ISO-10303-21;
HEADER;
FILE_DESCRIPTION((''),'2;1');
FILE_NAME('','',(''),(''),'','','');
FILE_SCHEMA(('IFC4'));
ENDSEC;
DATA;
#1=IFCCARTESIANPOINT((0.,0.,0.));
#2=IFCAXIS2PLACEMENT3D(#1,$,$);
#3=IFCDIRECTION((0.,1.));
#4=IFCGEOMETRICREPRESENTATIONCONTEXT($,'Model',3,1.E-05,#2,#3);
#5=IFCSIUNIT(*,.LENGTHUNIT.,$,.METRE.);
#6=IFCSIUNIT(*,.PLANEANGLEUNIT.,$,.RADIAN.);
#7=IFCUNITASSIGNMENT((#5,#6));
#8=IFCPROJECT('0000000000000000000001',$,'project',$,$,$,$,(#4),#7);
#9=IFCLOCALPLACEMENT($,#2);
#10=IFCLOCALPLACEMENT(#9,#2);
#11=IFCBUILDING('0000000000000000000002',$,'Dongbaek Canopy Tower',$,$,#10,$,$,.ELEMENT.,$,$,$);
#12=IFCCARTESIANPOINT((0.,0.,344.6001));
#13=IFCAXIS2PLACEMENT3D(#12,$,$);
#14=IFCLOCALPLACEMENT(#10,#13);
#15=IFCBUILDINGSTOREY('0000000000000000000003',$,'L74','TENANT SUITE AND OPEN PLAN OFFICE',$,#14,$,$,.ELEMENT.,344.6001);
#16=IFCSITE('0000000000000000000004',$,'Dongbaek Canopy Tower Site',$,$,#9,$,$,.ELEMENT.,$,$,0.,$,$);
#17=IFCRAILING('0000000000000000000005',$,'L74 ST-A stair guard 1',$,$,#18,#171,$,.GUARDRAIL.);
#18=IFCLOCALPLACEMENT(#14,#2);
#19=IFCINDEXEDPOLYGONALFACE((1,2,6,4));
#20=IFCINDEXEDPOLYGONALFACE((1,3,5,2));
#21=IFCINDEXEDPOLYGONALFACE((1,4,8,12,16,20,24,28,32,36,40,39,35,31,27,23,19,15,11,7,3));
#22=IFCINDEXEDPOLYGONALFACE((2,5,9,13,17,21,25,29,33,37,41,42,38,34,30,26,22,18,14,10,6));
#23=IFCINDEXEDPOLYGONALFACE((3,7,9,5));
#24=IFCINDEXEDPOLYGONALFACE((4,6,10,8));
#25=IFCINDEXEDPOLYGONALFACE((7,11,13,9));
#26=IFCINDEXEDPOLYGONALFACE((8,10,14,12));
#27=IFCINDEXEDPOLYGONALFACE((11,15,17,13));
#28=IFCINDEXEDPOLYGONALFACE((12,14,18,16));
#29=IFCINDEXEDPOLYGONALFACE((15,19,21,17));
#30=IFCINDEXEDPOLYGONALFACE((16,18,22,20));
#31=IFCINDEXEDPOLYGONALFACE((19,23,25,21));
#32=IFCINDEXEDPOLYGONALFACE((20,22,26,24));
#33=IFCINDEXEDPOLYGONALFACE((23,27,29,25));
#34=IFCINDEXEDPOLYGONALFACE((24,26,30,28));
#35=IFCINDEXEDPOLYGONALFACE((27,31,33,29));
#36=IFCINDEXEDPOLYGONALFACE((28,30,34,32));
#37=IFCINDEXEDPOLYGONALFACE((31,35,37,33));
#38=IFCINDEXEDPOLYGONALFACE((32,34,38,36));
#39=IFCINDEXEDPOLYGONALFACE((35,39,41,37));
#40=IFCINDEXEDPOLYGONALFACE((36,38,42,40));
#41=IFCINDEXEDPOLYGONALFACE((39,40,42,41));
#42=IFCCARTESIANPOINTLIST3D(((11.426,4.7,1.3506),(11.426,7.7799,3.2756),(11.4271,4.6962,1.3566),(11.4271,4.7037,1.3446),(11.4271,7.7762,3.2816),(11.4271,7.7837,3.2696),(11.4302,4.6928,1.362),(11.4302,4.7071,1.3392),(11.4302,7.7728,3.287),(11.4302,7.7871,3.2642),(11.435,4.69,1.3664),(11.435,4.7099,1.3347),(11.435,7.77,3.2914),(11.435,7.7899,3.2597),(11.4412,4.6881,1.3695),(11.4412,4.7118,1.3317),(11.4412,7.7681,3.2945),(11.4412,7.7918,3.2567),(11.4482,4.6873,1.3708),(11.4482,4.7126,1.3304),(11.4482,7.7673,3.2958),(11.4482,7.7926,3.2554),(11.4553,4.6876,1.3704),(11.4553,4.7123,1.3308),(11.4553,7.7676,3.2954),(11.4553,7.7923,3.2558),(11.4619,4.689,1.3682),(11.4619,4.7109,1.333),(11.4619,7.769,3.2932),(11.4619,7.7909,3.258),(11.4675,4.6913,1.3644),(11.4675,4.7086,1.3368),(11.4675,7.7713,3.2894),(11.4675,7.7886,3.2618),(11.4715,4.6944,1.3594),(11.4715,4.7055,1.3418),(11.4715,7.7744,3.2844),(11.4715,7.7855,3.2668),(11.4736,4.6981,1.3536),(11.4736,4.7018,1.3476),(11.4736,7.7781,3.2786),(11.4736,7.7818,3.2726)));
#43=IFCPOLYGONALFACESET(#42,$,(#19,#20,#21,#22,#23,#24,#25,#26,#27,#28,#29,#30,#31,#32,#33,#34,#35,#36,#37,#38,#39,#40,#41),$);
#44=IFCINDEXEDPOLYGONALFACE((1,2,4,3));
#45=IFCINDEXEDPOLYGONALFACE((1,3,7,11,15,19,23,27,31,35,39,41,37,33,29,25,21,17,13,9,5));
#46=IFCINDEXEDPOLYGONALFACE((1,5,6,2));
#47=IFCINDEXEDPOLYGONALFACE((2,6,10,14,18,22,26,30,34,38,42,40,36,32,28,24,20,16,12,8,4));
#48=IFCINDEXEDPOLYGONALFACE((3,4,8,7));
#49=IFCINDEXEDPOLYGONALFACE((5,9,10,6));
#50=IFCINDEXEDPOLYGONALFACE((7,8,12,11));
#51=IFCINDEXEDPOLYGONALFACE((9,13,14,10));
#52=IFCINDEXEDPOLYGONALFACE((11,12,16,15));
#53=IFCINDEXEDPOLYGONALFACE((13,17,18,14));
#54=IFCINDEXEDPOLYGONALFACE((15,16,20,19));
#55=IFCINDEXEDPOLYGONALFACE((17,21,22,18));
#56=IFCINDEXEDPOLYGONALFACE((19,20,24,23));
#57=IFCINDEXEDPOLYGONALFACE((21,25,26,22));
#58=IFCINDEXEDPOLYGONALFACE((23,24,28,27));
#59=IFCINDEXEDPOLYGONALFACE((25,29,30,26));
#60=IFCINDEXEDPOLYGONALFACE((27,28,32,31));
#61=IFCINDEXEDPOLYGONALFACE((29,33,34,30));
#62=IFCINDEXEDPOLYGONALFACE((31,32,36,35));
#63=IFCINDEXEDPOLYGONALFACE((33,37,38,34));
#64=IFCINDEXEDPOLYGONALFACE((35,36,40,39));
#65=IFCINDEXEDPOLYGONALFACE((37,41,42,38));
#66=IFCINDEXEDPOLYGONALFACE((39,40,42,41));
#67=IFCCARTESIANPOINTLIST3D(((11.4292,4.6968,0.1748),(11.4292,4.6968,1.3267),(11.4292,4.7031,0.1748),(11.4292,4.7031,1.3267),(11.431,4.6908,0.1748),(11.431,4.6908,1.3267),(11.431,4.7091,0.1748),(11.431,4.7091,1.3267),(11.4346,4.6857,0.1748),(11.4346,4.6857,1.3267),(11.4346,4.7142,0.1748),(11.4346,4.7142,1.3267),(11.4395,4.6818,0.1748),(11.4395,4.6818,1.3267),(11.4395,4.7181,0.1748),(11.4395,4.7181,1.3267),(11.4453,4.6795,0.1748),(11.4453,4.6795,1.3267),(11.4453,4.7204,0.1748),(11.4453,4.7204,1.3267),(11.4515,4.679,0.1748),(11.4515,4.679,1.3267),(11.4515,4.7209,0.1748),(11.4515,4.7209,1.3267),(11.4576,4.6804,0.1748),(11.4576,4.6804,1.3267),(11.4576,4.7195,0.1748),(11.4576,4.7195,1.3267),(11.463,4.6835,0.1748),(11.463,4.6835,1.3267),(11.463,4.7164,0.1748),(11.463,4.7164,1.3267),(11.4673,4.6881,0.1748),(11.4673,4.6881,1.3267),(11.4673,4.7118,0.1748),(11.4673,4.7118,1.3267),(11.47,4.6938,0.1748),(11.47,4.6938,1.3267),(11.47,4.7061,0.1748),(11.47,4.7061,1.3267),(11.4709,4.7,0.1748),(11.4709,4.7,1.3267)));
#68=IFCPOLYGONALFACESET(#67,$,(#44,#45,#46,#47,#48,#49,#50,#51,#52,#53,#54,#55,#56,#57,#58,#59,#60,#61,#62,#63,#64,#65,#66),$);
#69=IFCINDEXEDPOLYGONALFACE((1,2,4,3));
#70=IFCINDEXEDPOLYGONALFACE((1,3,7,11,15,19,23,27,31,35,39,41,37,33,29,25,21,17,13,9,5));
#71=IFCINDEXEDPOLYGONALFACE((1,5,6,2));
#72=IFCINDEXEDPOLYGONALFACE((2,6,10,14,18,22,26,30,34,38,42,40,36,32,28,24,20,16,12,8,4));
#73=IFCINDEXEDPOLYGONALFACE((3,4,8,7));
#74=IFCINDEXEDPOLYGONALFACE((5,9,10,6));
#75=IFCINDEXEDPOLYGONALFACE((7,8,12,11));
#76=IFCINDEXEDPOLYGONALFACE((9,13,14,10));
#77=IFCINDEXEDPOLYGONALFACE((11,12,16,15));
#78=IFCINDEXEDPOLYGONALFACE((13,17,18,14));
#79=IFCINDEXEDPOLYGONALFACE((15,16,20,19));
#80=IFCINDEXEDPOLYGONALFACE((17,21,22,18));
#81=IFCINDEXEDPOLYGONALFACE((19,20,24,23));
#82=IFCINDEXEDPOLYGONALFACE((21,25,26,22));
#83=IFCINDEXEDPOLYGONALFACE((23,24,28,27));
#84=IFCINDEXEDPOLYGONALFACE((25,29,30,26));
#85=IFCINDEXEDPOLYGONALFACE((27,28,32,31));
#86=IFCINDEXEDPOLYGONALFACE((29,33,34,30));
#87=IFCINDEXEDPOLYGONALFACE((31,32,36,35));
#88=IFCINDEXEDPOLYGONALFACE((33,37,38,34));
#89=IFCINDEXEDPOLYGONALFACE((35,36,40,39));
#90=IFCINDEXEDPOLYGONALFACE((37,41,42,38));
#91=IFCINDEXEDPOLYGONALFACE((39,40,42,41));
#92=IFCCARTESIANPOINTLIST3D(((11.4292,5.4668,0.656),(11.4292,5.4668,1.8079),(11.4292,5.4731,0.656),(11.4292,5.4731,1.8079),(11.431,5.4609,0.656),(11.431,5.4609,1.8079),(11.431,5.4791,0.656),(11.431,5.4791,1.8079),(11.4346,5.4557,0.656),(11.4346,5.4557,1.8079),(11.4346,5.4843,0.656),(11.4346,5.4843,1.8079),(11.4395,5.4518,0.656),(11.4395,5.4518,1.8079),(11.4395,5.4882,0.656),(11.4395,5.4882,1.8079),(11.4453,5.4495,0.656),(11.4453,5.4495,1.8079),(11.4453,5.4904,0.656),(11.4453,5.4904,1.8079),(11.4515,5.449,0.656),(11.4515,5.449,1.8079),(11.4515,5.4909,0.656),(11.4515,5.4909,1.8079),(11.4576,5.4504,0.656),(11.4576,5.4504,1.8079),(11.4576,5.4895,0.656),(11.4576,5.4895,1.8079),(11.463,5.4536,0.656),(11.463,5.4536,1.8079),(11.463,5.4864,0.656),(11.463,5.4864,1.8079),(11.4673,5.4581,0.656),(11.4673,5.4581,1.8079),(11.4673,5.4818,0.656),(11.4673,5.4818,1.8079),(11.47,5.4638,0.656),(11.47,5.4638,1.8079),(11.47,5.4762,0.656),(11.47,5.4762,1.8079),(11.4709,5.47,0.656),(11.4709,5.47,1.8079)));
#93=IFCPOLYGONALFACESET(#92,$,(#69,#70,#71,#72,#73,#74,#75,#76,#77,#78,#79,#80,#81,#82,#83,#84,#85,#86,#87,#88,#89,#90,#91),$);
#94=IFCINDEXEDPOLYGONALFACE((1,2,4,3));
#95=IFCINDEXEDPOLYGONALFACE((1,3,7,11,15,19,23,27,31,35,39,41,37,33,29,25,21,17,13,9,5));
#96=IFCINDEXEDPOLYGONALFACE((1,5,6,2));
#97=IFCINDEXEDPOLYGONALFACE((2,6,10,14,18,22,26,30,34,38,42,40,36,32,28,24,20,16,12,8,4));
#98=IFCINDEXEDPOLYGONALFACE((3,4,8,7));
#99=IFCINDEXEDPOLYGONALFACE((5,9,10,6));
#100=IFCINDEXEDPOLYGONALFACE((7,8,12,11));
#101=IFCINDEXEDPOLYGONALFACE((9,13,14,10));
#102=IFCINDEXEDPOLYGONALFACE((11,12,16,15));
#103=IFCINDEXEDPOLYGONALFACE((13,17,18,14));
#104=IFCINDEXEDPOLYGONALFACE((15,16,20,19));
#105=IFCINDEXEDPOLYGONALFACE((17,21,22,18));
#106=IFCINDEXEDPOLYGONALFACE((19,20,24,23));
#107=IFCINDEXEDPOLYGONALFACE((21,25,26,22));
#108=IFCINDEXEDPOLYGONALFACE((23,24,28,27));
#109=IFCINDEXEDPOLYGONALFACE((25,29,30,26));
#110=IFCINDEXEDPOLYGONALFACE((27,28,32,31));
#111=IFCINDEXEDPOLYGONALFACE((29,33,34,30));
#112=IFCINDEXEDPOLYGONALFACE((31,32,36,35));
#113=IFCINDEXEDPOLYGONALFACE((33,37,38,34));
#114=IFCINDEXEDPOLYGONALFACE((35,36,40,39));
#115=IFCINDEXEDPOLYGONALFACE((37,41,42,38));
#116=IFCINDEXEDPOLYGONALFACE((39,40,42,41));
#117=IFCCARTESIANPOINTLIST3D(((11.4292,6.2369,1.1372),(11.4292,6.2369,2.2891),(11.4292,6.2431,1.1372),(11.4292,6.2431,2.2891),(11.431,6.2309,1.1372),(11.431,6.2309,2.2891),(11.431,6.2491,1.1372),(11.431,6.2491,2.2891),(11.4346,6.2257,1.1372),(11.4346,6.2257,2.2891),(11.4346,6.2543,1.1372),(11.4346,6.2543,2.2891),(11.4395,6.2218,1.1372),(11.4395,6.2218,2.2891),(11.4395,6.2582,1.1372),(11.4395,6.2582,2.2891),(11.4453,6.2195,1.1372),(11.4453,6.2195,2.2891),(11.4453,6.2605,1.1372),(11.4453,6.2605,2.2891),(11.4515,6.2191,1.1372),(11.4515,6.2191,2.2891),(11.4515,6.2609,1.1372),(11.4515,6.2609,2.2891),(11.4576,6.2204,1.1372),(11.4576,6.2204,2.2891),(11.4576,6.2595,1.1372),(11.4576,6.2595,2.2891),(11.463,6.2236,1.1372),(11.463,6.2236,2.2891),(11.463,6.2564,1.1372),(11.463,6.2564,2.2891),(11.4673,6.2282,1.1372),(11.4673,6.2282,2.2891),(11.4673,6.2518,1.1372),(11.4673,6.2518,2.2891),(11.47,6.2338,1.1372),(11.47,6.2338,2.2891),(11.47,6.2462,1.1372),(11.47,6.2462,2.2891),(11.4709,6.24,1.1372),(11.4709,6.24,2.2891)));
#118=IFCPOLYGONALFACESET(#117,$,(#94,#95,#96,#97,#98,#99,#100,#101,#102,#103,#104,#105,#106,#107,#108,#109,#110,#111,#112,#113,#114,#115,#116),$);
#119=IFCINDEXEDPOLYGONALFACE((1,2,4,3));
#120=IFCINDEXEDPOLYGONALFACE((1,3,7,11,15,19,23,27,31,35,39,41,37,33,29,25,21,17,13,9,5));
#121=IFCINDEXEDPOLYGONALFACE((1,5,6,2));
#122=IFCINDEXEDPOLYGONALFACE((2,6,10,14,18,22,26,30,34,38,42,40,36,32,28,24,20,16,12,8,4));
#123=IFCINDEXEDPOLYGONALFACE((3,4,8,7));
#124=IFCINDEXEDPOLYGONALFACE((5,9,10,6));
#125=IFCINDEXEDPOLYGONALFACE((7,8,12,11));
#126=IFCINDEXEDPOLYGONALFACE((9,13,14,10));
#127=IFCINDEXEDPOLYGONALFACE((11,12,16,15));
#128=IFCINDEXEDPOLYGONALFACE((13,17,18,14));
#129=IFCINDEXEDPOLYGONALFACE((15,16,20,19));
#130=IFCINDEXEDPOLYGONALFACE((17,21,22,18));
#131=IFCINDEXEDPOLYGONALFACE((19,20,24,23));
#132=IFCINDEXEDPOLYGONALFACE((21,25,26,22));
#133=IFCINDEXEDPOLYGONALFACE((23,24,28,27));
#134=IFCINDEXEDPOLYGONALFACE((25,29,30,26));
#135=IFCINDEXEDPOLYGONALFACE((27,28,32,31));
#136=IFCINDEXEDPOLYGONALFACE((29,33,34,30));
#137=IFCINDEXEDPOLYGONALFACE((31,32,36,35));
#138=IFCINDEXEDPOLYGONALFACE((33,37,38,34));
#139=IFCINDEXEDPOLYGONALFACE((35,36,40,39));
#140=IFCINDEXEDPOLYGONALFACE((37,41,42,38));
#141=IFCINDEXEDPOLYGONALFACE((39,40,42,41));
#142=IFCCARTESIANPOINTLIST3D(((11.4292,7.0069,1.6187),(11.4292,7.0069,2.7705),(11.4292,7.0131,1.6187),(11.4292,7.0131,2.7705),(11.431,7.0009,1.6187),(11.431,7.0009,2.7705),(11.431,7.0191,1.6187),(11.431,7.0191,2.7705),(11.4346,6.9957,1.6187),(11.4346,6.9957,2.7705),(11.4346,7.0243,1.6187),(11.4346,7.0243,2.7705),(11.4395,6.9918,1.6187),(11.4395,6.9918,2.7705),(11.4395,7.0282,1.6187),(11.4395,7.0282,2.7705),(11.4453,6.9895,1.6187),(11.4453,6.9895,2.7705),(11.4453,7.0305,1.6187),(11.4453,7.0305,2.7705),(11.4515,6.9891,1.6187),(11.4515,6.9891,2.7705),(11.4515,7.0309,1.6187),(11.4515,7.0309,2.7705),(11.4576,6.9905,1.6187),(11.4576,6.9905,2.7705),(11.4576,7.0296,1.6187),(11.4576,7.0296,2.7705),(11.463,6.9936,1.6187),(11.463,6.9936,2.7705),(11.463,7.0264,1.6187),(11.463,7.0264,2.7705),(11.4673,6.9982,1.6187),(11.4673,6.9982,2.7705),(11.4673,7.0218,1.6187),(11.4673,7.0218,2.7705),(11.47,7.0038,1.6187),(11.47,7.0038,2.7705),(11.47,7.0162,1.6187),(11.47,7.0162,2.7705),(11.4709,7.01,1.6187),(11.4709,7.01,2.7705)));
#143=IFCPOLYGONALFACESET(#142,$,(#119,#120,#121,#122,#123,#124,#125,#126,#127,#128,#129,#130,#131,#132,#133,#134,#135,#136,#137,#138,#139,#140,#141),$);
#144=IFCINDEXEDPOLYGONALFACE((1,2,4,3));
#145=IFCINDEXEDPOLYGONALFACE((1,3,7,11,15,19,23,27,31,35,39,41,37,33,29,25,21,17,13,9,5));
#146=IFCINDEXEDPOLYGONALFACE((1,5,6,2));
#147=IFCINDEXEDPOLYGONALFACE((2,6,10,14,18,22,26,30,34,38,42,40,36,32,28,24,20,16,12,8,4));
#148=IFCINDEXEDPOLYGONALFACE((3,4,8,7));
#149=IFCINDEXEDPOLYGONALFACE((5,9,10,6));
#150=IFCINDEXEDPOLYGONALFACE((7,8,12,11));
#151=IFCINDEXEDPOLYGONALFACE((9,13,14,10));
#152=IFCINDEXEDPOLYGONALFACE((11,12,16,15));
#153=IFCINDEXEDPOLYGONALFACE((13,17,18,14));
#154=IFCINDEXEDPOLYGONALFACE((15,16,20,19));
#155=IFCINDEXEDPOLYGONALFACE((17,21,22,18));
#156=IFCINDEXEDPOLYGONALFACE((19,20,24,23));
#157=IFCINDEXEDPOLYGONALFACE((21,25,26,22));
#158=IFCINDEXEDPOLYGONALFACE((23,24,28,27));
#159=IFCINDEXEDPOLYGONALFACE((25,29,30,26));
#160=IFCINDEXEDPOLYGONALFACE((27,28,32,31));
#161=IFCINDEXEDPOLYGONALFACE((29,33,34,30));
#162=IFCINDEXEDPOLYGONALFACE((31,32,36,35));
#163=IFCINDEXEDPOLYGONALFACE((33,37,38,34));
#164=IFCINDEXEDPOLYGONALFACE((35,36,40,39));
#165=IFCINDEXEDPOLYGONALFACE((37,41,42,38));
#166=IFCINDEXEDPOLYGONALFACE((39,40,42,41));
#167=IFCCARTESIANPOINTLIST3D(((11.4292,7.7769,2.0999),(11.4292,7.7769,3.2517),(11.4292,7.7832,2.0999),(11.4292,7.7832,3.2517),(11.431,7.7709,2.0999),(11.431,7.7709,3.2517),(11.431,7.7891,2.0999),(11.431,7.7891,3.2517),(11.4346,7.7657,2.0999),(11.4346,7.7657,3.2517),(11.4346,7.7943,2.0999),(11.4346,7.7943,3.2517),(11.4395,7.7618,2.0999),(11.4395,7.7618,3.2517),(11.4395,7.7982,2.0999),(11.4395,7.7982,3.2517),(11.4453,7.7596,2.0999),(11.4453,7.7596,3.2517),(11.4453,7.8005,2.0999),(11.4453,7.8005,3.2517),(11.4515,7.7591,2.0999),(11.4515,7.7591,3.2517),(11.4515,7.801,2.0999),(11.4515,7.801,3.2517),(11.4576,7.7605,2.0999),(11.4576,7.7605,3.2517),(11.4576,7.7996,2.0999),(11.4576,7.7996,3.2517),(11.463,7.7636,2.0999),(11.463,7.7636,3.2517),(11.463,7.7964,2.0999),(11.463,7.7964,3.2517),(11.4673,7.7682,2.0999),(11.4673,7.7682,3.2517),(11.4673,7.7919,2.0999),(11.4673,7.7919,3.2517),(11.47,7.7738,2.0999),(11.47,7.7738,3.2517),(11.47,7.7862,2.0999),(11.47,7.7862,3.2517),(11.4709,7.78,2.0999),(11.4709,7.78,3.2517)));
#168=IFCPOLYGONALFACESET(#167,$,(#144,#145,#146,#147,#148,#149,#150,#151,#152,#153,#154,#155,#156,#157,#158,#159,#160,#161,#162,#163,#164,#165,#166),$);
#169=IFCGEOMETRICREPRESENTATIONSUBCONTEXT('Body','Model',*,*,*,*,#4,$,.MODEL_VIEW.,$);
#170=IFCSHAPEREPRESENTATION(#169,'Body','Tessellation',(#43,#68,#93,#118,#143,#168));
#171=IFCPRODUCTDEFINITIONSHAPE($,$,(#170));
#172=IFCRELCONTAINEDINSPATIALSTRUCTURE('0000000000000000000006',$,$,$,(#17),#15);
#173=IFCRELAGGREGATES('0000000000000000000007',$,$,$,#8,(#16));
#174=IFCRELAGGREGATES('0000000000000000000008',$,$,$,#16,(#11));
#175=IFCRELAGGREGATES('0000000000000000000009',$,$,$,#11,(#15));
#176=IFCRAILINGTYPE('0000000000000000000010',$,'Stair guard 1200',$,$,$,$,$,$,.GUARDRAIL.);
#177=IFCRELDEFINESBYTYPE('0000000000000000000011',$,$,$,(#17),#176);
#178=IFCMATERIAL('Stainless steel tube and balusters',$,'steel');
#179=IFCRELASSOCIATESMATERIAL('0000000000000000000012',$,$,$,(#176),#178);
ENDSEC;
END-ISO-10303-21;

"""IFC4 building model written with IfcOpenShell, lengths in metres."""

from ifc_helpers import new_model, si_unit, direction, frame, origin, origin_2d, place, context, subcontext, project, spatial, circle, extrude, material, type_object, element, save


model = new_model("IFC4")

# Units and contexts
model_context = context("Model", 3, precision=1e-05, world=origin(), true_north=direction((0.0, 1.0)))
body_context = subcontext(model_context, "Body", "Model", "MODEL_VIEW")
ifc_project = project(units=[si_unit("LENGTHUNIT", "METRE"), si_unit("PLANEANGLEUNIT", "RADIAN")], contexts=[model_context])

# Site, building, storey
site_placement = place(None, origin())
site = spatial("IfcSite", under=ifc_project, at=site_placement, Name="Dongbaek Canopy Tower Site", CompositionType="ELEMENT", RefElevation=0.0)
building_placement = place(site_placement, origin())
building = spatial("IfcBuilding", under=site, at=building_placement, Name="Dongbaek Canopy Tower", CompositionType="ELEMENT")
storey_placement = place(building_placement, frame((0.0, 0.0, 344.6001)))
storey = spatial("IfcBuildingStorey", under=building, at=storey_placement, Name="L74", Description="TENANT SUITE AND OPEN PLAN OFFICE", CompositionType="ELEMENT", Elevation=344.6001)

# Railing
ifc_material_1 = material(Name="Stainless steel tube and balusters", Category="steel")
railing_type_1 = type_object("IfcRailingType", Name="Stair guard 1200", PredefinedType="GUARDRAIL", material=ifc_material_1)
railing_1_placement = place(storey_placement, frame((11.45, 4.7, 0.1748)))
element("IfcRailing", 1, at=railing_1_placement, inside=storey, type_object=railing_type_1, Name="L74 ST-A stair guard 1", PredefinedType="GUARDRAIL", context=body_context, shape_type="SweptSolid", body=[
    extrude(circle(Radius=0.0239, at=origin_2d()), frame((0.0, 0.0, 1.1758), z_axis=(0.0, 0.847998, 0.529999), x_axis=(-1.0, 0.0, 0.0)), (0.0, 0.0, 1.0), 3.6321),
    extrude(circle(Radius=0.021, at=origin_2d()), origin(), (0.0, 0.0, 1.0), 1.1519),
    extrude(circle(Radius=0.021, at=origin_2d()), frame((0.0, 0.77, 0.4812)), (0.0, 0.0, 1.0), 1.1519),
    extrude(circle(Radius=0.021, at=origin_2d()), frame((0.0, 1.54, 0.9624)), (0.0, 0.0, 1.0), 1.1519),
    extrude(circle(Radius=0.021, at=origin_2d()), frame((0.0, 2.3101, 1.4438)), (0.0, 0.0, 1.0), 1.1519),
    extrude(circle(Radius=0.021, at=origin_2d()), frame((0.0, 3.0801, 1.925)), (0.0, 0.0, 1.0), 1.1519),
])

save(model, "model.ifc")
